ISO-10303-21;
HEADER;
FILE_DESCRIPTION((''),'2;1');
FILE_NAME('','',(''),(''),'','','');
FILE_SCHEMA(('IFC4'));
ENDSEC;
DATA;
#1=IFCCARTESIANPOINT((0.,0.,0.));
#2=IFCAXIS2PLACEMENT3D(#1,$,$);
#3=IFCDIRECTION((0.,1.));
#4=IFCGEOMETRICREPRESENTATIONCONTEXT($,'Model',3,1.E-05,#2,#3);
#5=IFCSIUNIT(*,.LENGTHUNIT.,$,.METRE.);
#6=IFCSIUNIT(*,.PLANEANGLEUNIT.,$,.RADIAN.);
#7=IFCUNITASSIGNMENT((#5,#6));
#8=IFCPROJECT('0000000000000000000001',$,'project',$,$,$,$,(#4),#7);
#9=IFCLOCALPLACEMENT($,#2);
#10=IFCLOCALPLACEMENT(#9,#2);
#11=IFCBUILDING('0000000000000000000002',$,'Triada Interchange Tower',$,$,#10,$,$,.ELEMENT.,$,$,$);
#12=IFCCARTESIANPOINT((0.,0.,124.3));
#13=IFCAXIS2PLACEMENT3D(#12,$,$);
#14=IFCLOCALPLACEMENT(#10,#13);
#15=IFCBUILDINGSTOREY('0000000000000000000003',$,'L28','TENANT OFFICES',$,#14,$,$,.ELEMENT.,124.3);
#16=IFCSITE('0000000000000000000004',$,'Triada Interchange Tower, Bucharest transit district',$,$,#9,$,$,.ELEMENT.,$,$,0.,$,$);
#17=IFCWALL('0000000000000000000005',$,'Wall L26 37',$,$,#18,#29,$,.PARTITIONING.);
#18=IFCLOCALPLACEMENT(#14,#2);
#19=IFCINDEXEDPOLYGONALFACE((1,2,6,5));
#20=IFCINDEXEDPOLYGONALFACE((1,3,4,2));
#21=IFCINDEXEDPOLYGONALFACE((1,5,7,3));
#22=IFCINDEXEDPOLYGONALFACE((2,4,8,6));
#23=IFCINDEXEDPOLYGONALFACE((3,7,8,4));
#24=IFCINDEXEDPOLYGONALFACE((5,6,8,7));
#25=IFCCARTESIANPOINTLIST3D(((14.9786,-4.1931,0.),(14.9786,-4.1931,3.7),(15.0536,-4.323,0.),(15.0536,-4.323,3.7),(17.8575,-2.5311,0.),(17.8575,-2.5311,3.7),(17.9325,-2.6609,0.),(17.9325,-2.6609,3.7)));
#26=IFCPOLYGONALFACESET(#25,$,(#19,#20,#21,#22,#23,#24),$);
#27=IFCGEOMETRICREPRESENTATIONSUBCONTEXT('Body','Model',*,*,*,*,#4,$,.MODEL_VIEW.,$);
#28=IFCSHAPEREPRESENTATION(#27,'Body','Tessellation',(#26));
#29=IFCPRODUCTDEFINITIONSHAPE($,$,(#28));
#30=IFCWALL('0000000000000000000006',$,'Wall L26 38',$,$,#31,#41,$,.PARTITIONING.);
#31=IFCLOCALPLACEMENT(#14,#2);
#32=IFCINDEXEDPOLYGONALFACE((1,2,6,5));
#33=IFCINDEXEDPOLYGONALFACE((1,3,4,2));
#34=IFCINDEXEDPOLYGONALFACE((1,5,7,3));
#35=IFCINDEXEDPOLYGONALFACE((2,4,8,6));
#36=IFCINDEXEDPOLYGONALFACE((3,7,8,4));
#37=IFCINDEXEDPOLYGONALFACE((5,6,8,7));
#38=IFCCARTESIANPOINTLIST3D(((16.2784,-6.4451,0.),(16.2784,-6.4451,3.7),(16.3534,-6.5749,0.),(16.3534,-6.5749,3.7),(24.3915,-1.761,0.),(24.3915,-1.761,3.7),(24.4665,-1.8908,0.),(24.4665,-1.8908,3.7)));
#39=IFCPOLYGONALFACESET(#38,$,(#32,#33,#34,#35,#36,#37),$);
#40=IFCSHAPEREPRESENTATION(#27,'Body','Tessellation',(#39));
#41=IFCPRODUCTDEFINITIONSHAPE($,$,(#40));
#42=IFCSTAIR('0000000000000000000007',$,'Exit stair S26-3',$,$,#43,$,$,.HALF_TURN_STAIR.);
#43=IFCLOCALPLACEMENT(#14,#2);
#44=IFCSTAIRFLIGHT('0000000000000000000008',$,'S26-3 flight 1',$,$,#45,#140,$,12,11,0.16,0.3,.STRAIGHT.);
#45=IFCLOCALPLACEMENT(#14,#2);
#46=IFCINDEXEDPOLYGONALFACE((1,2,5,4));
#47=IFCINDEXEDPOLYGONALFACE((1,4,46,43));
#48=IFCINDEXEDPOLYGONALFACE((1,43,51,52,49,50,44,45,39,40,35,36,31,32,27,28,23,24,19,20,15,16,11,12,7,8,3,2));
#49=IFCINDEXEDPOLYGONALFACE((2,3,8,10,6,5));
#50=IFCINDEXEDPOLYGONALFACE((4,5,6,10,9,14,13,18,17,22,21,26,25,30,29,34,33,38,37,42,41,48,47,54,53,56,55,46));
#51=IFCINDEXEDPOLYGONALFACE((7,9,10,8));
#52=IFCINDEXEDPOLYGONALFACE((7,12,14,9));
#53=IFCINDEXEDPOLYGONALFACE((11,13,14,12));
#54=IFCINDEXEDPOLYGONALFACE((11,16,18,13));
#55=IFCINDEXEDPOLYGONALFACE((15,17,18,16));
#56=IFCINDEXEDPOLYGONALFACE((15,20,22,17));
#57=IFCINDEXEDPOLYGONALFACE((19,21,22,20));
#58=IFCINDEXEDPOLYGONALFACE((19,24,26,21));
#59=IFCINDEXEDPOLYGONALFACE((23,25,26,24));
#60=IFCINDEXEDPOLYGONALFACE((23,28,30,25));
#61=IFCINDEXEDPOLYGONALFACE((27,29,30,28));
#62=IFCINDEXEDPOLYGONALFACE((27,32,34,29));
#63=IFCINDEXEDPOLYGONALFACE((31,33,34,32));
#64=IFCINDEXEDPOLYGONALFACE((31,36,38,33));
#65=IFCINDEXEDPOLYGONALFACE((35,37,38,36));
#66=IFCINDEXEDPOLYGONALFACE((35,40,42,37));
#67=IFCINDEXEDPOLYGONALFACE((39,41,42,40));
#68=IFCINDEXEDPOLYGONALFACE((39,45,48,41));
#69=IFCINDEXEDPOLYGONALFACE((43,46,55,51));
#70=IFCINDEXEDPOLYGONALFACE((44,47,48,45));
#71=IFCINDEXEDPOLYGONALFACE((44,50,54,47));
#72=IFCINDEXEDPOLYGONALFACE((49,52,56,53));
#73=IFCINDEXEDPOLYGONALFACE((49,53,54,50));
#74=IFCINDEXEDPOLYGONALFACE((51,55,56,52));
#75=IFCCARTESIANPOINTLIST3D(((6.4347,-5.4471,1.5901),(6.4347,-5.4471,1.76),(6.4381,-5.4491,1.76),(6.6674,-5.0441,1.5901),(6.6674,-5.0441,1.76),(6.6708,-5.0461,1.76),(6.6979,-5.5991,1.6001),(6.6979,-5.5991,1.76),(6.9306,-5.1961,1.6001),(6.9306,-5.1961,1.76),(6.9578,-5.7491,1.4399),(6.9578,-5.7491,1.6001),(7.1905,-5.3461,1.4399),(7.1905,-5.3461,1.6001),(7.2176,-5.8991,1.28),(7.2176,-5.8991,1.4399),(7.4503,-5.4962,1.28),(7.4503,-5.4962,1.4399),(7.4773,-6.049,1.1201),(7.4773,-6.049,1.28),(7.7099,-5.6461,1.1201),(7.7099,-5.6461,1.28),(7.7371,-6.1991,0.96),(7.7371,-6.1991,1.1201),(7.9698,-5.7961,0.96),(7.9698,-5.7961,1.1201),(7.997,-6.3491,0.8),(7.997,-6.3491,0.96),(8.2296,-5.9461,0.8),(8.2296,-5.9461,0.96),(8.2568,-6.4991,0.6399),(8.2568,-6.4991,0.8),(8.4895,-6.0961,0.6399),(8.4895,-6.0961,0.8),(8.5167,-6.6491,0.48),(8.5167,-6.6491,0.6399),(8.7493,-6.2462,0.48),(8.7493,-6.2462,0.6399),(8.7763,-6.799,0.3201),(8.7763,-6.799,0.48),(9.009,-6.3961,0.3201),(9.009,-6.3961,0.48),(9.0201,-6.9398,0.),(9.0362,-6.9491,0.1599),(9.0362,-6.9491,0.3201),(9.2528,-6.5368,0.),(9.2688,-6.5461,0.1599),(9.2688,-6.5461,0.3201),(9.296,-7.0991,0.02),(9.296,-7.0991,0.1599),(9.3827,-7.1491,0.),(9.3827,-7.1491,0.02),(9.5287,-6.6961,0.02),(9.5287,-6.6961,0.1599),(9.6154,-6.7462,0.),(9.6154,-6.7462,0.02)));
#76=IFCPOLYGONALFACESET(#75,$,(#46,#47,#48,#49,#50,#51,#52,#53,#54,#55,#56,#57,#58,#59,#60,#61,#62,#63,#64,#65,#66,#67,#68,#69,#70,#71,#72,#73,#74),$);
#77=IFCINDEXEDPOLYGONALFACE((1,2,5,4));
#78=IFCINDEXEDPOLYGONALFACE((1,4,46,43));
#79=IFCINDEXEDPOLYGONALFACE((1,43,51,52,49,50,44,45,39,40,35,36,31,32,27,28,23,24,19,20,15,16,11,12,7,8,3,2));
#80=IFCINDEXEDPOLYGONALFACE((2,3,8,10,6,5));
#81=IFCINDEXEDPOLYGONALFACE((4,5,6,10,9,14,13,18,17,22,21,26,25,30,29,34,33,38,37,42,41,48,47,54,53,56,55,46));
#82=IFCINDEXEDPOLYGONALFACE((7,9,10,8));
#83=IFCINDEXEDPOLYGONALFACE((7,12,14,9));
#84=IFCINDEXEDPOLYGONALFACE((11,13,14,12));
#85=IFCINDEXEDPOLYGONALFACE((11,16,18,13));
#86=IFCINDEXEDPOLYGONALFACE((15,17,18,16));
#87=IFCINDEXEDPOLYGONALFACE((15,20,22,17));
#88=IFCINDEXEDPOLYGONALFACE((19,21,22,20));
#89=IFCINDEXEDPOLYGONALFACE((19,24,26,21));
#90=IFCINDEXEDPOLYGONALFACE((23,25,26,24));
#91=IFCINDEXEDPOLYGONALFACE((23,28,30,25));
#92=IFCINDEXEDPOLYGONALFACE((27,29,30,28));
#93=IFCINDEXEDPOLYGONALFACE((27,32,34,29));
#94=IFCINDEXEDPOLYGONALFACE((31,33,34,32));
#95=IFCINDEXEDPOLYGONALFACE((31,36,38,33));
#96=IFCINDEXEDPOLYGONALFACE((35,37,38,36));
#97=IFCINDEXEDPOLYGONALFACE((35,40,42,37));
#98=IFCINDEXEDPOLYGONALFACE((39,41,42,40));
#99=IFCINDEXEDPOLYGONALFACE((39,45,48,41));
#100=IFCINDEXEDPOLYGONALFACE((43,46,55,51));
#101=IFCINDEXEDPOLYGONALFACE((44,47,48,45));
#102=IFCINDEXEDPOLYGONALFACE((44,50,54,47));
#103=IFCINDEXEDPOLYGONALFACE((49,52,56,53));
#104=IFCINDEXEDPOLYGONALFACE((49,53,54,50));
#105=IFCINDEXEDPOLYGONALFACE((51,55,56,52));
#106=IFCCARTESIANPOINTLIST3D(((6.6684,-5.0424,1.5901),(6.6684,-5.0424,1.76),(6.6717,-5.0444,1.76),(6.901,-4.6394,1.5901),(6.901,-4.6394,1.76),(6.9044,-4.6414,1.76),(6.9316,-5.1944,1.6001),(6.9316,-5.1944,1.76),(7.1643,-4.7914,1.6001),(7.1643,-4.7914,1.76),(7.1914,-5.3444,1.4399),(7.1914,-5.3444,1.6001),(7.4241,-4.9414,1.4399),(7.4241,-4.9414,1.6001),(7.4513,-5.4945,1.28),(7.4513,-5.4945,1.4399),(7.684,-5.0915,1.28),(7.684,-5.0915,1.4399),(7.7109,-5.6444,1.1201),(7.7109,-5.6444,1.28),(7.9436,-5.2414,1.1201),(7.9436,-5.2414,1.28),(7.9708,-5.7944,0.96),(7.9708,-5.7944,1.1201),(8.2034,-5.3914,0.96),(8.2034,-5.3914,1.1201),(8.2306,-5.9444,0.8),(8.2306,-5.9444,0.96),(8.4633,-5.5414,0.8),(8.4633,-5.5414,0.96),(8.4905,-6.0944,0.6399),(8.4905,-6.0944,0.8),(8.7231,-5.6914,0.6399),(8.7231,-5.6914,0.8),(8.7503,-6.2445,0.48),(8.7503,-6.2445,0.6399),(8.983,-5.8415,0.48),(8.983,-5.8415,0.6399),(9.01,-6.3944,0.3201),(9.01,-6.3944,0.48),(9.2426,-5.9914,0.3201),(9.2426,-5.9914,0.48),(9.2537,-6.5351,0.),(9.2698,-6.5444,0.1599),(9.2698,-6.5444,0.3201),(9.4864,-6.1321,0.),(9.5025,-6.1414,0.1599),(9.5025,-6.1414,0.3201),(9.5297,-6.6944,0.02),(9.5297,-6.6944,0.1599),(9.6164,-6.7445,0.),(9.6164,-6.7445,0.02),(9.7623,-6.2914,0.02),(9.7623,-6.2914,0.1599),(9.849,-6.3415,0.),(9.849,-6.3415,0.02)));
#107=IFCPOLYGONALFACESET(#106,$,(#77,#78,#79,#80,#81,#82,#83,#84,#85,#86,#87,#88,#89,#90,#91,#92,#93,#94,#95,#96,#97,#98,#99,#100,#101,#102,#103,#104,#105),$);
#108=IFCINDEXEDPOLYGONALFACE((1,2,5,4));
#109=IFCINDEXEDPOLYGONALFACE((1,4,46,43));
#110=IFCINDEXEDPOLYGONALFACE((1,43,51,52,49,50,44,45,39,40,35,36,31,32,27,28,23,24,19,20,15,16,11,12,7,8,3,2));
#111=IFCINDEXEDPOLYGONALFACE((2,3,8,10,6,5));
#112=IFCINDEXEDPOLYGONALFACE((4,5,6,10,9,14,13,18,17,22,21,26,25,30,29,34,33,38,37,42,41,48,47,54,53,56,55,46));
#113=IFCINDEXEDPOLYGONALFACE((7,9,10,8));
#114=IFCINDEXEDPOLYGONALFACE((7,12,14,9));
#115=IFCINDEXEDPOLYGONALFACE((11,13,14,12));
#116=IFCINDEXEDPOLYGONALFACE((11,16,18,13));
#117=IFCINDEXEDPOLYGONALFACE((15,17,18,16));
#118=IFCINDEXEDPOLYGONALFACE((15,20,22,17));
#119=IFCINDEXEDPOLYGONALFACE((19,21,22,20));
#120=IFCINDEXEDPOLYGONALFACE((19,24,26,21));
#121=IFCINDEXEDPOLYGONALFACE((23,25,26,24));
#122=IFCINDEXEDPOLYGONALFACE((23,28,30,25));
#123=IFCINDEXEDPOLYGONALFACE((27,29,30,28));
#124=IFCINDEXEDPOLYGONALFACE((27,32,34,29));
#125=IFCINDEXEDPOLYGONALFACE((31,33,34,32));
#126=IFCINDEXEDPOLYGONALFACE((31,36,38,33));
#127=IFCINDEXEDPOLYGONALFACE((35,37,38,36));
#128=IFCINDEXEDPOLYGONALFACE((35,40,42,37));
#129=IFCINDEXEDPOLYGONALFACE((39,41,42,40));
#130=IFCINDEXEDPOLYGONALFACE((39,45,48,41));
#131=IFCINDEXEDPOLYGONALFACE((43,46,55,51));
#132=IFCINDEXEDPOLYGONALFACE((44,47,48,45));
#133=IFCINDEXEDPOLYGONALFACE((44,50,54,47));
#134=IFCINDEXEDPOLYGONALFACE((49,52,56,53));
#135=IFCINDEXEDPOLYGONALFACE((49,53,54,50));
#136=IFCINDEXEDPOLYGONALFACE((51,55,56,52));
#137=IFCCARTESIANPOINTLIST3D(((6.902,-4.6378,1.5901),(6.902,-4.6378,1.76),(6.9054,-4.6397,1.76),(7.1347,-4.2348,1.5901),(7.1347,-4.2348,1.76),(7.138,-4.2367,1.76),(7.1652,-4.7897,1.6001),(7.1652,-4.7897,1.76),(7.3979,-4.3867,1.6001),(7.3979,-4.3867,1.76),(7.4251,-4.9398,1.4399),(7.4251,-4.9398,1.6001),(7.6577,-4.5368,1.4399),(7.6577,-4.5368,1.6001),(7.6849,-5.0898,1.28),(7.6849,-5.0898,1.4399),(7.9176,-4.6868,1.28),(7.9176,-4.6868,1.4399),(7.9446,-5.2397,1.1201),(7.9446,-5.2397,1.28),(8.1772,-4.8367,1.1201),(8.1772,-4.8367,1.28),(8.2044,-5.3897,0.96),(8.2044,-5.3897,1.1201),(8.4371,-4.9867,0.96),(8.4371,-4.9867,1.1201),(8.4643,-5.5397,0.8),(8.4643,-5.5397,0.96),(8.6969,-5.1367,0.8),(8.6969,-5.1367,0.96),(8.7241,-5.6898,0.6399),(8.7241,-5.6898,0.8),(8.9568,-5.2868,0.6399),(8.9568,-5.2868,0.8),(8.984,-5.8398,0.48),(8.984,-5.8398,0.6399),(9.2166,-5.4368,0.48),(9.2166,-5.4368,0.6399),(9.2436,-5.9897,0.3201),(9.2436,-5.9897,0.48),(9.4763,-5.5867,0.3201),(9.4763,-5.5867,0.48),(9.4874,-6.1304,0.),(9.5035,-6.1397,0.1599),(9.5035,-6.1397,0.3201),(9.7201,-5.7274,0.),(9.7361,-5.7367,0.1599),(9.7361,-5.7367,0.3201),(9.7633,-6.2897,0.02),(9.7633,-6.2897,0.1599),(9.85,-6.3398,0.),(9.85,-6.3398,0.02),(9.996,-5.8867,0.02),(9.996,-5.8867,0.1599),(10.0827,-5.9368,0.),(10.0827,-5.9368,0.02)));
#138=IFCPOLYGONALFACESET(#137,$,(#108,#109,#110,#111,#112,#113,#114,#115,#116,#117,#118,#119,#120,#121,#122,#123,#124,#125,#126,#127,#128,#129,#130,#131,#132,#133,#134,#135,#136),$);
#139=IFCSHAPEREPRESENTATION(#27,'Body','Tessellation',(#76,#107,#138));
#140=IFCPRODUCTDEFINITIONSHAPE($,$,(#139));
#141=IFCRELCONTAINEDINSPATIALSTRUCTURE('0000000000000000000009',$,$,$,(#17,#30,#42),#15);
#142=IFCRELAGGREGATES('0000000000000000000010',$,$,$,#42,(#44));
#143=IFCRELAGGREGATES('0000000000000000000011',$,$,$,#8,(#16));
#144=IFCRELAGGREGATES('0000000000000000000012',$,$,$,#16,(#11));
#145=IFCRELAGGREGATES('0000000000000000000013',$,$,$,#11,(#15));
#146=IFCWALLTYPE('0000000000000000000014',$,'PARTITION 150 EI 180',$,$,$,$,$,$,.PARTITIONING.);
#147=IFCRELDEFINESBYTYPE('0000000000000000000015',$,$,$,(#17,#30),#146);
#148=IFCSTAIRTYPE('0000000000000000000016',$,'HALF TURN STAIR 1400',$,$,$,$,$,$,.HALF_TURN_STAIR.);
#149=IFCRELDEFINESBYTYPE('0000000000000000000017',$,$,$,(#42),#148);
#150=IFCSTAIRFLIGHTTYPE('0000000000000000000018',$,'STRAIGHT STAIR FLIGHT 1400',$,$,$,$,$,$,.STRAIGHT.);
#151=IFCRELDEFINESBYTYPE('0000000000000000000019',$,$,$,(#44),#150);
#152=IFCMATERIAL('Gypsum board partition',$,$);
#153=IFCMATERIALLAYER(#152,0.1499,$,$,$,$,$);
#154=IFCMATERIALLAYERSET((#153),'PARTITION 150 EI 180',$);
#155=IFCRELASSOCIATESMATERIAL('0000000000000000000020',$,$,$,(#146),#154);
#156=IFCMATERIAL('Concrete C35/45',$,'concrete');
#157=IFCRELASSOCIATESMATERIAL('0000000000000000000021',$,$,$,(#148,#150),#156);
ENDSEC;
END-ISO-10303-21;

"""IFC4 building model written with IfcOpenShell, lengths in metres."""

from ifc_helpers import new_model, si_unit, direction, frame, frame_2d, origin, place, context, subcontext, project, spatial, polyline, rectangle, outline, extrude, material, layer, layer_set, type_object, element, aggregate, save


model = new_model("IFC4")

# Units and contexts
model_context = context("Model", 3, precision=1e-05, world=origin(), true_north=direction((0.0, 1.0)))
body_context = subcontext(model_context, "Body", "Model", "MODEL_VIEW")
ifc_project = project(units=[si_unit("LENGTHUNIT", "METRE"), si_unit("PLANEANGLEUNIT", "RADIAN")], contexts=[model_context])

# Site, building, storey
site_placement = place(None, origin())
site = spatial("IfcSite", under=ifc_project, at=site_placement, Name="Triada Interchange Tower, Bucharest transit district", CompositionType="ELEMENT", RefElevation=0.0)
building_placement = place(site_placement, origin())
building = spatial("IfcBuilding", under=site, at=building_placement, Name="Triada Interchange Tower", CompositionType="ELEMENT")
storey_placement = place(building_placement, frame((0.0, 0.0, 124.3)))
storey = spatial("IfcBuildingStorey", under=building, at=storey_placement, Name="L28", Description="TENANT OFFICES", CompositionType="ELEMENT", Elevation=124.3)

# Walls
ifc_material_1 = material(Name="Gypsum board partition")
ifc_layer_1 = layer(ifc_material_1, 0.1499)
ifc_layer_set_1 = layer_set([ifc_layer_1], Name="PARTITION 150 EI 180")
wall_type_1 = type_object("IfcWallType", Name="PARTITION 150 EI 180", PredefinedType="PARTITIONING", material=ifc_layer_set_1)
wall_1_placement = place(storey_placement, frame((15.0161, -4.2581, 0.0), z_axis=(0.0, 0.0, 1.0), x_axis=(0.866029, 0.499994, 0.0)))
element("IfcWall", 1, at=wall_1_placement, inside=storey, type_object=wall_type_1, Name="Wall L26 37", PredefinedType="PARTITIONING", context=body_context, shape_type="SweptSolid", body=[
    extrude(rectangle(XDim=3.3242, YDim=0.1499, at=frame_2d((1.6621, 0.0))), origin(), (0.0, 0.0, 1.0), 3.7),
])
wall_2_placement = place(storey_placement, frame((16.3159, -6.51, 0.0), z_axis=(0.0, 0.0, 1.0), x_axis=(0.866025, 0.500001, 0.0)))
element("IfcWall", 2, at=wall_2_placement, inside=storey, type_object=wall_type_1, Name="Wall L26 38", PredefinedType="PARTITIONING", context=body_context, shape_type="SweptSolid", body=[
    extrude(rectangle(XDim=9.3682, YDim=0.1499, at=frame_2d((4.6841, 0.0))), origin(), (0.0, 0.0, 1.0), 3.7),
])

# Stair, stair flight
ifc_material_2 = material(Name="Concrete C35/45", Category="concrete")
stair_type = type_object("IfcStairType", Name="HALF TURN STAIR 1400", PredefinedType="HALF_TURN_STAIR", material=ifc_material_2)
stair_placement = place(storey_placement, origin())
stair = element("IfcStair", 3, at=stair_placement, inside=storey, type_object=stair_type, Name="Exit stair S26-3", PredefinedType="HALF_TURN_STAIR")
stair_flight_type = type_object("IfcStairFlightType", Name="STRAIGHT STAIR FLIGHT 1400", PredefinedType="STRAIGHT", material=ifc_material_2)
stair_flight_1_placement = place(storey_placement, frame((9.646, -6.4929, 0.0), z_axis=(0.0, 0.0, 1.0), x_axis=(-0.866025, 0.5, 0.0)))
stair_flight_1 = element("IfcStairFlight", 4, at=stair_flight_1_placement, type_object=stair_flight_type, Name="S26-3 flight 1", NumberOfRisers=12, NumberOfTreads=11, PredefinedType="STRAIGHT", RiserHeight=0.16, TreadLength=0.3, context=body_context, shape_type="SweptSolid", body=[
    extrude(outline(polyline([(-0.1001, 0.0), (-0.1001, 0.02), (0.0, 0.02), (0.0, 0.1599), (0.3, 0.1599), (0.3, 0.3201), (0.6001, 0.3201), (0.6001, 0.48), (0.8999, 0.48), (0.8999, 0.6399), (1.2, 0.6399), (1.2, 0.8), (1.5, 0.8), (1.5, 0.96), (1.8, 0.96), (1.8, 1.1201), (2.1001, 1.1201), (2.1001, 1.28), (2.3999, 1.28), (2.3999, 1.4399), (2.7, 1.4399), (2.7, 1.6001), (3.0, 1.6001), (3.0, 1.76), (3.3, 1.76), (3.304, 1.76), (3.304, 1.9199), (3.304, 1.5901), (0.3186, 0.0), (-0.1001, 0.0)])), frame((0.0, 0.7, 0.0), z_axis=(0.0, -1.0, 0.0), x_axis=(1.0, 0.0, 0.0)), (0.0, 0.0, 1.0), 0.4653),
    extrude(outline(polyline([(-0.1001, 0.0), (-0.1001, 0.02), (0.0, 0.02), (0.0, 0.1599), (0.3, 0.1599), (0.3, 0.3201), (0.6001, 0.3201), (0.6001, 0.48), (0.8999, 0.48), (0.8999, 0.6399), (1.2, 0.6399), (1.2, 0.8), (1.5, 0.8), (1.5, 0.96), (1.8, 0.96), (1.8, 1.1201), (2.1001, 1.1201), (2.1001, 1.28), (2.3999, 1.28), (2.3999, 1.4399), (2.7, 1.4399), (2.7, 1.6001), (3.0, 1.6001), (3.0, 1.76), (3.3, 1.76), (3.304, 1.76), (3.304, 1.9199), (3.304, 1.5901), (0.3186, 0.0), (-0.1001, 0.0)])), frame((0.0, 0.2327, 0.0), z_axis=(0.0, -1.0, 0.0), x_axis=(1.0, 0.0, 0.0)), (0.0, 0.0, 1.0), 0.4653),
    extrude(outline(polyline([(-0.1001, 0.0), (-0.1001, 0.02), (0.0, 0.02), (0.0, 0.1599), (0.3, 0.1599), (0.3, 0.3201), (0.6001, 0.3201), (0.6001, 0.48), (0.8999, 0.48), (0.8999, 0.6399), (1.2, 0.6399), (1.2, 0.8), (1.5, 0.8), (1.5, 0.96), (1.8, 0.96), (1.8, 1.1201), (2.1001, 1.1201), (2.1001, 1.28), (2.3999, 1.28), (2.3999, 1.4399), (2.7, 1.4399), (2.7, 1.6001), (3.0, 1.6001), (3.0, 1.76), (3.3, 1.76), (3.304, 1.76), (3.304, 1.9199), (3.304, 1.5901), (0.3186, 0.0), (-0.1001, 0.0)])), frame((0.0, -0.2346, 0.0), z_axis=(0.0, -1.0, 0.0), x_axis=(1.0, 0.0, 0.0)), (0.0, 0.0, 1.0), 0.4653),
])
aggregate(stair, [stair_flight_1])

save(model, "model.ifc")
